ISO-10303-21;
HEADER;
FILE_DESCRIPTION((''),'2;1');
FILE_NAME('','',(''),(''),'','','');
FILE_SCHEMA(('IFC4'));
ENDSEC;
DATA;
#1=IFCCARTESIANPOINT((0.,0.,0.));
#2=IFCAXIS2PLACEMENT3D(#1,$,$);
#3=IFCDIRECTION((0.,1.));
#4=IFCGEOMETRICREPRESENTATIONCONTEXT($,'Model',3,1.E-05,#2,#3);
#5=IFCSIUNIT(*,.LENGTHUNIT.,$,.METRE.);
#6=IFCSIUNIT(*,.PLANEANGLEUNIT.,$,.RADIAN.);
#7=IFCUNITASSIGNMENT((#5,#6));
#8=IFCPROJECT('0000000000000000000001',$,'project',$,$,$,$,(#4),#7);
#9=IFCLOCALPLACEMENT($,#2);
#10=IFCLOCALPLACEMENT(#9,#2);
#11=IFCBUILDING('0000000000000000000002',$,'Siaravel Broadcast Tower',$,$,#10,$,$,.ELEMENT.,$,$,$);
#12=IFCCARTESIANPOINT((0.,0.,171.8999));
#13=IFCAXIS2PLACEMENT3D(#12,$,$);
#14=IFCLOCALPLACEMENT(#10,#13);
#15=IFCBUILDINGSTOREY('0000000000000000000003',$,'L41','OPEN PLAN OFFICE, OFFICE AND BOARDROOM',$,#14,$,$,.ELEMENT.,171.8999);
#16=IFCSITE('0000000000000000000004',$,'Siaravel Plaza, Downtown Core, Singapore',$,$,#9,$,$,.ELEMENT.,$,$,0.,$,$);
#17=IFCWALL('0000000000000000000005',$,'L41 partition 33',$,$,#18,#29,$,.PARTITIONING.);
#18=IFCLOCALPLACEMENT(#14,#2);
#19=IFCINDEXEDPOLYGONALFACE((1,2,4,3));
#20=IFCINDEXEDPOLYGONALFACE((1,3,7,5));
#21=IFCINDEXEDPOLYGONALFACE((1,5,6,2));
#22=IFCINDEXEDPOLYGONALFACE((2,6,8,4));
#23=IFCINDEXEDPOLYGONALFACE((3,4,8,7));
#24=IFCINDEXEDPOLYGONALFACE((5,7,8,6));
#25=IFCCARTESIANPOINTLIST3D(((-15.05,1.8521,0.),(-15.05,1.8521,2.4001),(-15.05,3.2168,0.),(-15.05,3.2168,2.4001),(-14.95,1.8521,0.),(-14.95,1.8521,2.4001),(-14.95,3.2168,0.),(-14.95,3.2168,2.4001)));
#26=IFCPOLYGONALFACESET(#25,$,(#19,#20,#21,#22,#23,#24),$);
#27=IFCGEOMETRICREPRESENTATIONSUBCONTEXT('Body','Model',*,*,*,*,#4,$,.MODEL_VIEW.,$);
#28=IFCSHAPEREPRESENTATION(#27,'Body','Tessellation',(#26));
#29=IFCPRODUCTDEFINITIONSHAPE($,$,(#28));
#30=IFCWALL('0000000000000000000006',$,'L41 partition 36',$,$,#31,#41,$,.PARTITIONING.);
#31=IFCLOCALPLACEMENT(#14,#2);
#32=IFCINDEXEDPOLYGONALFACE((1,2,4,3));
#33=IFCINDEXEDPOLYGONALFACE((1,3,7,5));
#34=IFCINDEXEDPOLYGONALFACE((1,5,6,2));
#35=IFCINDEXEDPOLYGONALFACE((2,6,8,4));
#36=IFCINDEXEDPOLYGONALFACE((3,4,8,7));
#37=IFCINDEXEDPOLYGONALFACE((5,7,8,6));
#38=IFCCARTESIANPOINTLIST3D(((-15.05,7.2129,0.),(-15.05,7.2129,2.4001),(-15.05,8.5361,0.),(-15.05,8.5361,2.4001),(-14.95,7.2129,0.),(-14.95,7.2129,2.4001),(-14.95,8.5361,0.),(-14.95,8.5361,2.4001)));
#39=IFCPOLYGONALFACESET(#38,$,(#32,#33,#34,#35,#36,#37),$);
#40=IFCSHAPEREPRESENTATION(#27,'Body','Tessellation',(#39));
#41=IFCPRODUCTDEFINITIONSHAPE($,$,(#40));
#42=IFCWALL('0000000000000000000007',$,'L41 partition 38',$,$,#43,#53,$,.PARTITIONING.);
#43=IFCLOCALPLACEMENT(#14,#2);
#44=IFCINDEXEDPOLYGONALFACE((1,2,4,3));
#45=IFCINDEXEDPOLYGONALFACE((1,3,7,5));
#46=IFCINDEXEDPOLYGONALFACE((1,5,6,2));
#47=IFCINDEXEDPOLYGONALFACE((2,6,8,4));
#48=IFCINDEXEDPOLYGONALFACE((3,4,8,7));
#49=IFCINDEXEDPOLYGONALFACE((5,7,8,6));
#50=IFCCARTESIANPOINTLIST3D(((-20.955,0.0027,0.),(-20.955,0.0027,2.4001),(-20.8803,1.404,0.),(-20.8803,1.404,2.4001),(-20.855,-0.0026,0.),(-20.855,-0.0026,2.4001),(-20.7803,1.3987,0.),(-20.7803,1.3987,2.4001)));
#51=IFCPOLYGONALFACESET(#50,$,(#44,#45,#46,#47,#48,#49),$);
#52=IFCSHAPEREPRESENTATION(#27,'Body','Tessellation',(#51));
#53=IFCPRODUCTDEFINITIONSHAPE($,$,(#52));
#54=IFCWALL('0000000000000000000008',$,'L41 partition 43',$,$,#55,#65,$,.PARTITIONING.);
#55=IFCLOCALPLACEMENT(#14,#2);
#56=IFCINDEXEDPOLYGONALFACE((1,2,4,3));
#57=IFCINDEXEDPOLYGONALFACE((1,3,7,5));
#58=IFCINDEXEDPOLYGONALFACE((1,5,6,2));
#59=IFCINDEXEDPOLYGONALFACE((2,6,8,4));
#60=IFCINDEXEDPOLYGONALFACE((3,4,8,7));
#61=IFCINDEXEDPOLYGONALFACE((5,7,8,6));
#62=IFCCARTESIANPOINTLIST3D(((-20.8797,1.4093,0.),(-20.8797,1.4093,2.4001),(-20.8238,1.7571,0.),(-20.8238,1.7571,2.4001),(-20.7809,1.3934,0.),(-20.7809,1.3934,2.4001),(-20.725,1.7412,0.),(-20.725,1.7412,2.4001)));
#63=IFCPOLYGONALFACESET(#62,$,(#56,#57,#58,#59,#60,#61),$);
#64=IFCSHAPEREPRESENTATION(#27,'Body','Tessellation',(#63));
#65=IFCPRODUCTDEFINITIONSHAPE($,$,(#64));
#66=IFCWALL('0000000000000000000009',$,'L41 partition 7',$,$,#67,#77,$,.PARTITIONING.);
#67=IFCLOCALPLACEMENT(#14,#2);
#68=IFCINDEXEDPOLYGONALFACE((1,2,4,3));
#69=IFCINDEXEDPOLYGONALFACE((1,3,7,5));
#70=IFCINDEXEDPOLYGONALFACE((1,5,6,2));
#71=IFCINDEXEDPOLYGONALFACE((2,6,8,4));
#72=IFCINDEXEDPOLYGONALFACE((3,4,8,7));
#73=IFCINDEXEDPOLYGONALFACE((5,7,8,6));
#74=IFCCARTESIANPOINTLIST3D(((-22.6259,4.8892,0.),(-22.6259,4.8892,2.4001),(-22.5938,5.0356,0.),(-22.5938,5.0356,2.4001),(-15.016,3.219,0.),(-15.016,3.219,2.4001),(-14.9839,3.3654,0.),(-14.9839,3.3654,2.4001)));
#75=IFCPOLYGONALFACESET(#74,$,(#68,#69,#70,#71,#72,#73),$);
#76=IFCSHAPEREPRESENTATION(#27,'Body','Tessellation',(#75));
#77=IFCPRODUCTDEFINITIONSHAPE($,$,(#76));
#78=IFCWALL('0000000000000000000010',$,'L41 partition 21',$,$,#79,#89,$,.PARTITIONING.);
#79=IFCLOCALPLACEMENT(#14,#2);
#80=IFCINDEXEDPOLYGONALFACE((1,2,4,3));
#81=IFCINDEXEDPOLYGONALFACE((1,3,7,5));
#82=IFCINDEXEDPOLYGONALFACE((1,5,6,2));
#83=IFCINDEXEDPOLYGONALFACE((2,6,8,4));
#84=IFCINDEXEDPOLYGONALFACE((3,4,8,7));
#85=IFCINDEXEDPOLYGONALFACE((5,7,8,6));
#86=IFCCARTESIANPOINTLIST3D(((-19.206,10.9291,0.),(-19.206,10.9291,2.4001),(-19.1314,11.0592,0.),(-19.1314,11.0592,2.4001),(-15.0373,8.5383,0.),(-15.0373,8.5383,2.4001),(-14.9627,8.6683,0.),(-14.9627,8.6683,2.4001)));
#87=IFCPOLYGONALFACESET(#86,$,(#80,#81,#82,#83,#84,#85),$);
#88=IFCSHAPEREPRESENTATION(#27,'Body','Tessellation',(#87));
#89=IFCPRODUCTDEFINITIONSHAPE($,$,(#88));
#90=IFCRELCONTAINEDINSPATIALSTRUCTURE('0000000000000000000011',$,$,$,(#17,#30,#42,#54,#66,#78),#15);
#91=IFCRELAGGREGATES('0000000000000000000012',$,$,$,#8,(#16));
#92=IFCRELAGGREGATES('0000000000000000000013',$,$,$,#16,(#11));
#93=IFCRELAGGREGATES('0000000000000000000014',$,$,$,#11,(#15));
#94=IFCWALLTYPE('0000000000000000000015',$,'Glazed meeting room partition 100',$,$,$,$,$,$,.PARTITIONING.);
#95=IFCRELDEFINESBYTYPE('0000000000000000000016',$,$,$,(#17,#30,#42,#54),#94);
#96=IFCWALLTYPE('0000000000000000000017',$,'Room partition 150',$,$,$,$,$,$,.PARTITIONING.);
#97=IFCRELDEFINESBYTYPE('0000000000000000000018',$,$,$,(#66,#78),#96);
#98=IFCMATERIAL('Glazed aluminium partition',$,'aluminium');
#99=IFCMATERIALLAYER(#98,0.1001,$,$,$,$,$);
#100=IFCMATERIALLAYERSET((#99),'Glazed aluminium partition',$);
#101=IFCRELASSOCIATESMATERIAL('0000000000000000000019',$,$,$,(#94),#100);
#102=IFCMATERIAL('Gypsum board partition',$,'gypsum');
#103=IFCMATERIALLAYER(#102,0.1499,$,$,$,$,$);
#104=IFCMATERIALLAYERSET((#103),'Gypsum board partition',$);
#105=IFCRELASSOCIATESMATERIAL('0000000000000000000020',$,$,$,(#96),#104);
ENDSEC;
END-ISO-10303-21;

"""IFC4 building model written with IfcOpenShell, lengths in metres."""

from ifc_helpers import new_model, si_unit, direction, frame, frame_2d, origin, place, context, subcontext, project, spatial, rectangle, extrude, material, layer, layer_set, type_object, element, save


model = new_model("IFC4")

# Units and contexts
model_context = context("Model", 3, precision=1e-05, world=origin(), true_north=direction((0.0, 1.0)))
body_context = subcontext(model_context, "Body", "Model", "MODEL_VIEW")
ifc_project = project(units=[si_unit("LENGTHUNIT", "METRE"), si_unit("PLANEANGLEUNIT", "RADIAN")], contexts=[model_context])

# Site, building, storey
site_placement = place(None, origin())
site = spatial("IfcSite", under=ifc_project, at=site_placement, Name="Siaravel Plaza, Downtown Core, Singapore", CompositionType="ELEMENT", RefElevation=0.0)
building_placement = place(site_placement, origin())
building = spatial("IfcBuilding", under=site, at=building_placement, Name="Siaravel Broadcast Tower", CompositionType="ELEMENT")
storey_placement = place(building_placement, frame((0.0, 0.0, 171.8999)))
storey = spatial("IfcBuildingStorey", under=building, at=storey_placement, Name="L41", Description="OPEN PLAN OFFICE, OFFICE AND BOARDROOM", CompositionType="ELEMENT", Elevation=171.8999)

# Shared definitions
ifc_material_1 = material(Name="Gypsum board partition", Category="gypsum")

# Shared definitions
ifc_material_2 = material(Name="Glazed aluminium partition", Category="aluminium")
ifc_layer_1 = layer(ifc_material_2, 0.1001)
ifc_layer_set_1 = layer_set([ifc_layer_1], Name="Glazed aluminium partition")
wall_type_1 = type_object("IfcWallType", Name="Glazed meeting room partition 100", PredefinedType="PARTITIONING", material=ifc_layer_set_1)

# Walls
wall_1_placement = place(storey_placement, frame((-15.0, 3.2168, 0.0), z_axis=(0.0, 0.0, 1.0), x_axis=(0.0, -1.0, 0.0)))
element("IfcWall", 1, at=wall_1_placement, inside=storey, type_object=wall_type_1, Name="L41 partition 33", PredefinedType="PARTITIONING", context=body_context, shape_type="SweptSolid", body=[
    extrude(rectangle(XDim=1.3647, YDim=0.1001, at=frame_2d((0.6824, 0.0))), origin(), (0.0, 0.0, 1.0), 2.4001),
])
wall_2_placement = place(storey_placement, frame((-15.0, 8.5361, 0.0), z_axis=(0.0, 0.0, 1.0), x_axis=(0.0, -1.0, 0.0)))
element("IfcWall", 2, at=wall_2_placement, inside=storey, type_object=wall_type_1, Name="L41 partition 36", PredefinedType="PARTITIONING", context=body_context, shape_type="SweptSolid", body=[
    extrude(rectangle(XDim=1.3232, YDim=0.1001, at=frame_2d((0.6616, 0.0))), origin(), (0.0, 0.0, 1.0), 2.4001),
])
wall_3_placement = place(storey_placement, frame((-20.8303, 1.4014, 0.0), z_axis=(0.0, 0.0, 1.0), x_axis=(-0.053235, -0.998582, 0.0)))
element("IfcWall", 3, at=wall_3_placement, inside=storey, type_object=wall_type_1, Name="L41 partition 38", PredefinedType="PARTITIONING", context=body_context, shape_type="SweptSolid", body=[
    extrude(rectangle(XDim=1.4033, YDim=0.1001, at=frame_2d((0.7017, 0.0))), origin(), (0.0, 0.0, 1.0), 2.4001),
])
wall_4_placement = place(storey_placement, frame((-20.7744, 1.7493, 0.0), z_axis=(0.0, 0.0, 1.0), x_axis=(-0.158666, -0.987332, 0.0)))
element("IfcWall", 4, at=wall_4_placement, inside=storey, type_object=wall_type_1, Name="L41 partition 43", PredefinedType="PARTITIONING", context=body_context, shape_type="SweptSolid", body=[
    extrude(rectangle(XDim=0.3523, YDim=0.1001, at=frame_2d((0.1763, 0.0))), origin(), (0.0, 0.0, 1.0), 2.4001),
])
ifc_layer_2 = layer(ifc_material_1, 0.1499)
ifc_layer_set_2 = layer_set([ifc_layer_2], Name="Gypsum board partition")
wall_type_2 = type_object("IfcWallType", Name="Room partition 150", PredefinedType="PARTITIONING", material=ifc_layer_set_2)
wall_5_placement = place(storey_placement, frame((-22.6099, 4.9624, 0.0), z_axis=(0.0, 0.0, 1.0), x_axis=(0.976752, -0.214372, 0.0)))
element("IfcWall", 5, at=wall_5_placement, inside=storey, type_object=wall_type_2, Name="L41 partition 7", PredefinedType="PARTITIONING", context=body_context, shape_type="SweptSolid", body=[
    extrude(rectangle(XDim=7.791, YDim=0.1499, at=frame_2d((3.8955, 0.0))), origin(), (0.0, 0.0, 1.0), 2.4001),
])
wall_6_placement = place(storey_placement, frame((-19.1687, 10.9941, 0.0), z_axis=(0.0, 0.0, 1.0), x_axis=(0.867457, -0.497512, 0.0)))
element("IfcWall", 6, at=wall_6_placement, inside=storey, type_object=wall_type_2, Name="L41 partition 21", PredefinedType="PARTITIONING", context=body_context, shape_type="SweptSolid", body=[
    extrude(rectangle(XDim=4.8057, YDim=0.1499, at=frame_2d((2.4028, 0.0))), origin(), (0.0, 0.0, 1.0), 2.4001),
])

save(model, "model.ifc")
